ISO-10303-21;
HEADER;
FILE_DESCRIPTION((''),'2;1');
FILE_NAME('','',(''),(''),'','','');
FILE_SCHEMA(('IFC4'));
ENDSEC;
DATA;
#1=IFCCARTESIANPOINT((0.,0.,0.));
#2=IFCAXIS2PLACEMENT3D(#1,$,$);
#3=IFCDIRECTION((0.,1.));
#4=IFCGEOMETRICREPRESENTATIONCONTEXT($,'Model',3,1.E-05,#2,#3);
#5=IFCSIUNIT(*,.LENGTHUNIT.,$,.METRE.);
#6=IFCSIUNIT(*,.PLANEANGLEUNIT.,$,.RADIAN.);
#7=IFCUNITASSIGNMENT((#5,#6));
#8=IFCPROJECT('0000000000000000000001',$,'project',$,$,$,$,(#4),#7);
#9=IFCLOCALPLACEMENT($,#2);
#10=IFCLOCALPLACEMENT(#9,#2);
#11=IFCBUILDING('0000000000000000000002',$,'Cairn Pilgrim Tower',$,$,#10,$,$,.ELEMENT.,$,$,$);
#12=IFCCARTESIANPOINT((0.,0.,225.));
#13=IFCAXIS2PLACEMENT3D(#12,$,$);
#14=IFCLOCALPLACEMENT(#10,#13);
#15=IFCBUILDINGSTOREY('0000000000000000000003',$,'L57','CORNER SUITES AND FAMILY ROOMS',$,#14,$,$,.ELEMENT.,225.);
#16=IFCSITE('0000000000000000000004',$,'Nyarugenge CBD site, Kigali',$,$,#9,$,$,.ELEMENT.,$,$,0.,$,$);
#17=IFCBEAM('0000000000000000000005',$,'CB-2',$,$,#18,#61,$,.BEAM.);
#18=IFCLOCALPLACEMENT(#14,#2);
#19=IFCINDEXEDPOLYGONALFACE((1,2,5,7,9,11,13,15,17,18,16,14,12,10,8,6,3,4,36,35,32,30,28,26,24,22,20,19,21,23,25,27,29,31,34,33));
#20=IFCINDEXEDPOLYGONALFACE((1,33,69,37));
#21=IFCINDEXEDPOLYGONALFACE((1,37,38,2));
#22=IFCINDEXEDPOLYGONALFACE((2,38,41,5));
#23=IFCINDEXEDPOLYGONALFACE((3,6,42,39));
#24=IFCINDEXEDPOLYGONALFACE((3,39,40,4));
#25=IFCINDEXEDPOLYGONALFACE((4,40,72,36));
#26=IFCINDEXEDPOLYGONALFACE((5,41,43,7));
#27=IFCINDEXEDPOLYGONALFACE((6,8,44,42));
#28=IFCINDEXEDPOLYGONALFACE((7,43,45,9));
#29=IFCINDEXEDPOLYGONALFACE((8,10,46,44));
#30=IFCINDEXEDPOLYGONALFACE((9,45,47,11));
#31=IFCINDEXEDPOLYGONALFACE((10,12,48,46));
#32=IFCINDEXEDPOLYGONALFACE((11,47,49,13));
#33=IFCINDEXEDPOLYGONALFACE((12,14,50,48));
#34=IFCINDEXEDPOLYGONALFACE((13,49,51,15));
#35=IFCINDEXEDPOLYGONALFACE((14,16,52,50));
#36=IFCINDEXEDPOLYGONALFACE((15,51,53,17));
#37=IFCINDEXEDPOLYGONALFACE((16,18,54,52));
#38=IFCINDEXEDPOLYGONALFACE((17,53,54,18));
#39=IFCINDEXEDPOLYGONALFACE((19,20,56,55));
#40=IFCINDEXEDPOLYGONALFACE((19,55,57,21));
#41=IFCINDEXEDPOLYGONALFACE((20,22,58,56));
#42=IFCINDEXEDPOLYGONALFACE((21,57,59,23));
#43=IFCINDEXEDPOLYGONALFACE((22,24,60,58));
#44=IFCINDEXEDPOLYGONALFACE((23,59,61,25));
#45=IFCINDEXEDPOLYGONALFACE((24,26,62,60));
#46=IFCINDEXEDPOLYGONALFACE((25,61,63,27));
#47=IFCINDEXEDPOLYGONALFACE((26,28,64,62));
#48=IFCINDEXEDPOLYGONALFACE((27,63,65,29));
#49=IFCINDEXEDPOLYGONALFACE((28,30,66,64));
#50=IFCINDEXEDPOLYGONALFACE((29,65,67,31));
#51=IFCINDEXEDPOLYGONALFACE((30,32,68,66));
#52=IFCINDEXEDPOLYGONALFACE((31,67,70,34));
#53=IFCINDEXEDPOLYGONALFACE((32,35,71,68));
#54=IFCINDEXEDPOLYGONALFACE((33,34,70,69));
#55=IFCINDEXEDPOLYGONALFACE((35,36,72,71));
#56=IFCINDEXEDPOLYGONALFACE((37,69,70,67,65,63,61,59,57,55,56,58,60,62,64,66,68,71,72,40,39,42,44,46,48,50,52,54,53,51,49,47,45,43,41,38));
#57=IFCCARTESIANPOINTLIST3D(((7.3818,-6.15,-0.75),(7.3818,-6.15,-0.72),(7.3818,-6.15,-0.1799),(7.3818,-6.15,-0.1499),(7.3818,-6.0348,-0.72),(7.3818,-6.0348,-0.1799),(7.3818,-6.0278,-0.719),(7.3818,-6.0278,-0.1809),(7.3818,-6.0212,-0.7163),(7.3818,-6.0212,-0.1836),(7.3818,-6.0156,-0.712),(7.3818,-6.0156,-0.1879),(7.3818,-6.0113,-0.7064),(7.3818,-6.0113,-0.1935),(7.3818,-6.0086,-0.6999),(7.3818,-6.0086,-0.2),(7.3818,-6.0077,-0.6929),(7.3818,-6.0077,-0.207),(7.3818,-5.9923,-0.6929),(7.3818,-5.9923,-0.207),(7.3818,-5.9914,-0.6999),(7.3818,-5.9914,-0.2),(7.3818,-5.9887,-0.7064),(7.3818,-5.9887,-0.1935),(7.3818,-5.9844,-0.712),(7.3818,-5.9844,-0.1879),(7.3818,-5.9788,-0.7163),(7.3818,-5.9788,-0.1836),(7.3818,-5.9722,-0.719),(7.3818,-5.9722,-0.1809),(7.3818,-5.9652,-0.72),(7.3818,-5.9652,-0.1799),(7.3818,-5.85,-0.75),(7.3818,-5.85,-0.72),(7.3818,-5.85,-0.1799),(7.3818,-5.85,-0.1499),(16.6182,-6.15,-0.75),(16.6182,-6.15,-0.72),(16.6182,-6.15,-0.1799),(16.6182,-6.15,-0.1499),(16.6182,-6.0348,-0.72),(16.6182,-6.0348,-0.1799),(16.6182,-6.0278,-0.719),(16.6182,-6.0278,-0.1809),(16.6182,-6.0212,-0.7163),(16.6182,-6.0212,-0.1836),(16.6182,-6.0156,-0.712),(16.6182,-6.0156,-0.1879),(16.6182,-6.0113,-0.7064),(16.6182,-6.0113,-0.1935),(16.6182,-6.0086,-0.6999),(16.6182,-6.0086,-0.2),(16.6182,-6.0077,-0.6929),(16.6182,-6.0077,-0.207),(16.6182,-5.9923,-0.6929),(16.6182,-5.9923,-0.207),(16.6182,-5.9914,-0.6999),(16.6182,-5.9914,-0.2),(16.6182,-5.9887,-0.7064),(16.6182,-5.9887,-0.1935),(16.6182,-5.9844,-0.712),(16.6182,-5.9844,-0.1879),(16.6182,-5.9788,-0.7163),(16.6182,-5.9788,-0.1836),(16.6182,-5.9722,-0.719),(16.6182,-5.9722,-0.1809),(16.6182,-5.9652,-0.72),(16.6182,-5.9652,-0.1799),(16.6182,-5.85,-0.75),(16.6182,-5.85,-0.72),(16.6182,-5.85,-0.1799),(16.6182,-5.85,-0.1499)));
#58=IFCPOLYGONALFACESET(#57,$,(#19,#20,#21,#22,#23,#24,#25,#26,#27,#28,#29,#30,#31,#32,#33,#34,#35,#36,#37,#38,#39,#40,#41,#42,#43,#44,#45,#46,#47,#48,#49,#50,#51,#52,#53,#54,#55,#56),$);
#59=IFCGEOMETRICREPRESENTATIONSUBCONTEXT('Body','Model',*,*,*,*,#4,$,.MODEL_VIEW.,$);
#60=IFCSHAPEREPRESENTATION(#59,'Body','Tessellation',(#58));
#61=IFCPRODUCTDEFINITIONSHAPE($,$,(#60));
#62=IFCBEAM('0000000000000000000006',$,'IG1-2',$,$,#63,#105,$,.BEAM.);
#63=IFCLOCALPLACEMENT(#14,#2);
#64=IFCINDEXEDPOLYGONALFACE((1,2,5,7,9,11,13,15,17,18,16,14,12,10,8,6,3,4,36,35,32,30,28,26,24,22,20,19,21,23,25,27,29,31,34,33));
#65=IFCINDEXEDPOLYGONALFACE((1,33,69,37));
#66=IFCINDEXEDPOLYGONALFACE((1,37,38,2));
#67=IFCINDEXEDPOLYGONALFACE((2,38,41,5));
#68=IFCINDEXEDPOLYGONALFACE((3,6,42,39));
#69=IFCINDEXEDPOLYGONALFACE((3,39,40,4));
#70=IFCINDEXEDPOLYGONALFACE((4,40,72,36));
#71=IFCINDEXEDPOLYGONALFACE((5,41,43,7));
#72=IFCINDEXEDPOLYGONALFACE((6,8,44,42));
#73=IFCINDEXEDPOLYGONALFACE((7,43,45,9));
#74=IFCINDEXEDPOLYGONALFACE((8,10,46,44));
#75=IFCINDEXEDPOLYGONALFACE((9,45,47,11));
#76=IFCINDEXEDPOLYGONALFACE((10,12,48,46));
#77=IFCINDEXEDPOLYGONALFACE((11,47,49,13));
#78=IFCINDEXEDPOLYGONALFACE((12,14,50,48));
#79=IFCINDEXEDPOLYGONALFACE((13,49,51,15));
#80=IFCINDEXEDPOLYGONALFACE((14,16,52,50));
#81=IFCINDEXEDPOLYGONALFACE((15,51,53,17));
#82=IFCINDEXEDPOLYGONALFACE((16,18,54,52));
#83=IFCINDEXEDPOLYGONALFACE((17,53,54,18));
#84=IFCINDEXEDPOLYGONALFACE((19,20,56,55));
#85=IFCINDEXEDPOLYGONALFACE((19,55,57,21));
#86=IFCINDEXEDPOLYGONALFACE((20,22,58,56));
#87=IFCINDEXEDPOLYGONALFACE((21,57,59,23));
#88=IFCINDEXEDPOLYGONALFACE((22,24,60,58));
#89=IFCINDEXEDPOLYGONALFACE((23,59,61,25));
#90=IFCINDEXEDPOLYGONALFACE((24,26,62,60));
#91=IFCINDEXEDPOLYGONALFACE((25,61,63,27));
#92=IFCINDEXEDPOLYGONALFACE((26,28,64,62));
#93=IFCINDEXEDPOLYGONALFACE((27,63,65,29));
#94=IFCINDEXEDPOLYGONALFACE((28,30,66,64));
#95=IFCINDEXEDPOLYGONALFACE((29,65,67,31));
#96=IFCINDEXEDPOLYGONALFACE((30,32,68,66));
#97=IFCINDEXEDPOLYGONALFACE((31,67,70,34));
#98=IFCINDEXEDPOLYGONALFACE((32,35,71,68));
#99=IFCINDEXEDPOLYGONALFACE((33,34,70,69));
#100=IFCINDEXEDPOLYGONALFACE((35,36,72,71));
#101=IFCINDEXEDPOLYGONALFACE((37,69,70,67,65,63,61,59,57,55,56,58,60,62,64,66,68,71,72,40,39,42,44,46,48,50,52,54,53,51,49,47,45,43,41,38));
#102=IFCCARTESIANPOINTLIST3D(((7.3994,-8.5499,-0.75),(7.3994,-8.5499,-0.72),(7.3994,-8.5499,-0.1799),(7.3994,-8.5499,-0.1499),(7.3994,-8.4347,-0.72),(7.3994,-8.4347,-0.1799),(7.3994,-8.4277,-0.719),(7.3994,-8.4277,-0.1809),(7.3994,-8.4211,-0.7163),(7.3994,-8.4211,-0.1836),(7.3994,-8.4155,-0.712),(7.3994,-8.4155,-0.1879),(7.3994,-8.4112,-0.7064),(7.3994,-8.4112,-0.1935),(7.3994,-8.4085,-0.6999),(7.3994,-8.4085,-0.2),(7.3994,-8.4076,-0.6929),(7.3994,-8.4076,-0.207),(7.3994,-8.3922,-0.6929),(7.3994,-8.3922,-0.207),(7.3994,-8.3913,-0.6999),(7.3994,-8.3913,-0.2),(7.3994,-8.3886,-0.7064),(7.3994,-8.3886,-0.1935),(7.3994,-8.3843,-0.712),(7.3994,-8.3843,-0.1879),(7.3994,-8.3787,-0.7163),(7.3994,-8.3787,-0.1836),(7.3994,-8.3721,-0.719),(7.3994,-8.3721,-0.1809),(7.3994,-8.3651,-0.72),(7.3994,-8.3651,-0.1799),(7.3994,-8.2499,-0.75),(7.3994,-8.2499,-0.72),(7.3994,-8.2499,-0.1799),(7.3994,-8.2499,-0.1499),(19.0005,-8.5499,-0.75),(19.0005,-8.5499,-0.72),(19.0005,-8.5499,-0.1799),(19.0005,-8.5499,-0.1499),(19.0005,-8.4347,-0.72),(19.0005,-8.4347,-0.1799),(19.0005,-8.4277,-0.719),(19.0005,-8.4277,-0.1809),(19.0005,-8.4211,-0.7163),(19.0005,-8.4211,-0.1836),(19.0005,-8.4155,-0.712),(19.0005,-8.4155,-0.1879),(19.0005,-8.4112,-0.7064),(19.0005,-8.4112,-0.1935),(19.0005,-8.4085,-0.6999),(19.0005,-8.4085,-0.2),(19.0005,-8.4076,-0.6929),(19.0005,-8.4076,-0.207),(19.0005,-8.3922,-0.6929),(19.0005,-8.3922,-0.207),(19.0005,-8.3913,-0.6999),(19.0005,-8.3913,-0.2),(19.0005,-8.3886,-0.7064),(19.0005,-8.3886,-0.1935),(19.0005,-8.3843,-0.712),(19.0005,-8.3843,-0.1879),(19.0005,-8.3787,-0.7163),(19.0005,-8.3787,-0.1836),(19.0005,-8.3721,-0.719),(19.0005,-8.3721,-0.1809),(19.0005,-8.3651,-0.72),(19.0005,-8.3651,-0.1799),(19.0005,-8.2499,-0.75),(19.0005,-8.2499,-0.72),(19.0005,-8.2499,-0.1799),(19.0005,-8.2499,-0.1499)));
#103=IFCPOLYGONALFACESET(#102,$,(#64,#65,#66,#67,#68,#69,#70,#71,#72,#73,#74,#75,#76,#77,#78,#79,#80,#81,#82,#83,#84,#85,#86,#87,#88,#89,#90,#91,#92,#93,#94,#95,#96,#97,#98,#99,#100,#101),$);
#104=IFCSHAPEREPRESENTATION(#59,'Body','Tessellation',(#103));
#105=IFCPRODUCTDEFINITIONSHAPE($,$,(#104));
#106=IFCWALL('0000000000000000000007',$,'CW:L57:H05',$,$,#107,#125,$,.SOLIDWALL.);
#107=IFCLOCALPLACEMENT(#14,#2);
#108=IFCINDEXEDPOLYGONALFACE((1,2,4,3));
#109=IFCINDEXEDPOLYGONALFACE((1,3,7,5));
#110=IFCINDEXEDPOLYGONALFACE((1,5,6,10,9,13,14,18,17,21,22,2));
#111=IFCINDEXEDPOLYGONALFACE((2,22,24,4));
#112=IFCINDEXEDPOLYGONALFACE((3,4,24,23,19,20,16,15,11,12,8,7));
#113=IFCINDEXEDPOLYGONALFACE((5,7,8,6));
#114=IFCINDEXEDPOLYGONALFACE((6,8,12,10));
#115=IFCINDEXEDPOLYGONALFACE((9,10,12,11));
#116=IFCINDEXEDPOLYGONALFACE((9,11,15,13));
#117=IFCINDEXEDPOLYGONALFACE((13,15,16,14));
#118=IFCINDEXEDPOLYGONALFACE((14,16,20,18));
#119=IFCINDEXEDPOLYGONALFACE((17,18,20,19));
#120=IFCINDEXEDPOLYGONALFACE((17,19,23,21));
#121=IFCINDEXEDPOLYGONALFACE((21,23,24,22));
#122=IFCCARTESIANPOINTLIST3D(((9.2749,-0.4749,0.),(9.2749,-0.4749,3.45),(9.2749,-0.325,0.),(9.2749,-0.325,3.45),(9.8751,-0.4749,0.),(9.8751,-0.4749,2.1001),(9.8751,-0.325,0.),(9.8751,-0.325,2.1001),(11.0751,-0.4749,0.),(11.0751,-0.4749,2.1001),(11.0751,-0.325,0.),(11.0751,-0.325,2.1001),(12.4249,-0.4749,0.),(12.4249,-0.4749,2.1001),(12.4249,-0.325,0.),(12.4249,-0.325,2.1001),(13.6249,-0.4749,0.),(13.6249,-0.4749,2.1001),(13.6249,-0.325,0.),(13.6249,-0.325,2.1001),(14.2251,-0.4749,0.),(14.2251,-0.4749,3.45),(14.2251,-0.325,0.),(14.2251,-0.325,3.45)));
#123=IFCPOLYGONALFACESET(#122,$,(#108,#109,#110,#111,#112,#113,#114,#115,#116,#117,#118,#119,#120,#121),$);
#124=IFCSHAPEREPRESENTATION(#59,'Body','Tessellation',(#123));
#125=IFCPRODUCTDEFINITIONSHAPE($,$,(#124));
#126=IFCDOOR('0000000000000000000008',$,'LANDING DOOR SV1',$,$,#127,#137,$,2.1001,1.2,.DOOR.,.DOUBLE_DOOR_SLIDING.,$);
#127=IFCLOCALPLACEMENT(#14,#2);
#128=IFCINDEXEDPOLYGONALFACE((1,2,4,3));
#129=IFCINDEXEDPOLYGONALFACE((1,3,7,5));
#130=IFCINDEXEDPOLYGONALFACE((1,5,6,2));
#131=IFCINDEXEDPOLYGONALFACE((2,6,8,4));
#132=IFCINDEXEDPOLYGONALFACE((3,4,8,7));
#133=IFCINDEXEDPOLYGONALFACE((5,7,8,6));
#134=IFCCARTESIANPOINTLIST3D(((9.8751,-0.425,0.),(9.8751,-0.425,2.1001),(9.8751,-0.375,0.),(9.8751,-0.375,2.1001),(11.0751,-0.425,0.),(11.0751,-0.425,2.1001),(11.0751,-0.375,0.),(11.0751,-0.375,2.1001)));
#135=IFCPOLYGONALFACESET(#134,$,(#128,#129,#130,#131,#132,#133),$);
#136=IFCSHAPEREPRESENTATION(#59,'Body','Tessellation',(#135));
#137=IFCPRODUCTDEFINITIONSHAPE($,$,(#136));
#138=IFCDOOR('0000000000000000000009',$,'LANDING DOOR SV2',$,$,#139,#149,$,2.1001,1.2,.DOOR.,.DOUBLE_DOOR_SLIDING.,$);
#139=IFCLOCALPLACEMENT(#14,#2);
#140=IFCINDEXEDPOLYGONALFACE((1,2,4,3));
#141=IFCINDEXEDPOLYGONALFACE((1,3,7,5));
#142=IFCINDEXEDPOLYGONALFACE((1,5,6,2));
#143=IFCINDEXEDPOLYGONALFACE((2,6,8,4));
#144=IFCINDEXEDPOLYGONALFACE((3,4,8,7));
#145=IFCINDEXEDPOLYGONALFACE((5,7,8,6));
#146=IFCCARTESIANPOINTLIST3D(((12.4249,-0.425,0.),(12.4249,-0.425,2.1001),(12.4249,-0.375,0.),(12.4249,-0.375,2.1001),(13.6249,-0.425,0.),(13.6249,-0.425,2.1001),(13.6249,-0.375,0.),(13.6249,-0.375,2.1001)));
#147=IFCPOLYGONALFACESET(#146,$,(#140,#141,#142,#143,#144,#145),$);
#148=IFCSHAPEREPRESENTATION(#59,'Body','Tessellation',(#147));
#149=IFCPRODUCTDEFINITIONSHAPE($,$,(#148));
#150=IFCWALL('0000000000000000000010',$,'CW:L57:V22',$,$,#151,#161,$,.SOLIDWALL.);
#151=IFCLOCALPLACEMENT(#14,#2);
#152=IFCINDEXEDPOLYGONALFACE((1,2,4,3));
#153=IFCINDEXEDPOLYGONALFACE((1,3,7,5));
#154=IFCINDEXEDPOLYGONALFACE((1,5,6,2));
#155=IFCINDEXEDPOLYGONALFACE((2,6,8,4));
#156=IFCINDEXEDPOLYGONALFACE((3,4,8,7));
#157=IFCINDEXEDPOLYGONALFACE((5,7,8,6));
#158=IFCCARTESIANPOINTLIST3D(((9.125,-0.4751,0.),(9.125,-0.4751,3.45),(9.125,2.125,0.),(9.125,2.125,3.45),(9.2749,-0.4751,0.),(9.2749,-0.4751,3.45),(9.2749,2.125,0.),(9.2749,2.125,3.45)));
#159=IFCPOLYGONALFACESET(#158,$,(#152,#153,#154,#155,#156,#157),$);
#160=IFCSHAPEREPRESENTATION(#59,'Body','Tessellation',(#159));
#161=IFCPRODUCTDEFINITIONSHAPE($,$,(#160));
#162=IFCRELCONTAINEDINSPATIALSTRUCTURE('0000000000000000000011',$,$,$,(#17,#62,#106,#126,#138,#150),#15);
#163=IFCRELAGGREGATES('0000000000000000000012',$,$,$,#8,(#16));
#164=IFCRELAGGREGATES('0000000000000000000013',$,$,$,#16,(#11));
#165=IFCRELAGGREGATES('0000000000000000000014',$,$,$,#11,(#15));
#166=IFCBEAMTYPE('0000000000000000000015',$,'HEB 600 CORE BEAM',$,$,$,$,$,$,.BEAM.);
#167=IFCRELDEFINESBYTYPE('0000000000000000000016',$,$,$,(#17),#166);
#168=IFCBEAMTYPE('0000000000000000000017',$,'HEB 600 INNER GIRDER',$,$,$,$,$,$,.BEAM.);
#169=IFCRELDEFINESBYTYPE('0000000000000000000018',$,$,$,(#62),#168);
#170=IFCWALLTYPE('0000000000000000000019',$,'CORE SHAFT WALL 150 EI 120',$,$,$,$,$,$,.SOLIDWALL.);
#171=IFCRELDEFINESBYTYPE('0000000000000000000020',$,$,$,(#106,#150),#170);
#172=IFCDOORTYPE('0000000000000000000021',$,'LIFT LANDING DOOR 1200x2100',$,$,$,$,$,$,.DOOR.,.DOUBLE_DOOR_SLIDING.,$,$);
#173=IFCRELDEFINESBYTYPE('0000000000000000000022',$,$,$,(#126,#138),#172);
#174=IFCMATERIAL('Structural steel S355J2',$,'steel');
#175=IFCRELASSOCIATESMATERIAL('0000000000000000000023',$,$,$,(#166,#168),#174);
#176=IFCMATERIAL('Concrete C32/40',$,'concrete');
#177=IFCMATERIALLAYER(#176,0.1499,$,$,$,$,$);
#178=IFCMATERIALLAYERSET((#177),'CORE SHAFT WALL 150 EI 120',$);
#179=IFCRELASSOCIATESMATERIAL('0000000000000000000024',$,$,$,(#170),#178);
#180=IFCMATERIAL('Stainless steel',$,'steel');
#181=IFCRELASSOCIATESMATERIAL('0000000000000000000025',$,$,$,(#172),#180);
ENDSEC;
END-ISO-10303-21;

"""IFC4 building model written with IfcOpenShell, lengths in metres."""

from ifc_helpers import new_model, si_unit, direction, frame, frame_2d, origin, origin_2d, place, context, subcontext, project, spatial, rectangle, i_section, extrude, material, layer, layer_set, material_profile, profile_set, type_object, element, fill, save


model = new_model("IFC4")

# Units and contexts
model_context = context("Model", 3, precision=1e-05, world=origin(), true_north=direction((0.0, 1.0)))
body_context = subcontext(model_context, "Body", "Model", "MODEL_VIEW")
ifc_project = project(units=[si_unit("LENGTHUNIT", "METRE"), si_unit("PLANEANGLEUNIT", "RADIAN")], contexts=[model_context])

# Site, building, storey
site_placement = place(None, origin())
site = spatial("IfcSite", under=ifc_project, at=site_placement, Name="Nyarugenge CBD site, Kigali", CompositionType="ELEMENT", RefElevation=0.0)
building_placement = place(site_placement, origin())
building = spatial("IfcBuilding", under=site, at=building_placement, Name="Cairn Pilgrim Tower", CompositionType="ELEMENT")
storey_placement = place(building_placement, frame((0.0, 0.0, 225.0)))
storey = spatial("IfcBuildingStorey", under=building, at=storey_placement, Name="L57", Description="CORNER SUITES AND FAMILY ROOMS", CompositionType="ELEMENT", Elevation=225.0)

# Beams
ifc_material_1 = material(Name="Structural steel S355J2", Category="steel")
ifc_material_profile_1 = material_profile(ifc_material_1, i_section(OverallWidth=0.3, OverallDepth=0.6001, WebThickness=0.0154, FlangeThickness=0.03, FilletRadius=0.0271, at=origin_2d()), Name="HEB 600")
ifc_profile_set_1 = profile_set([ifc_material_profile_1], Name="Structural steel S355J2")
beam_type_1 = type_object("IfcBeamType", Name="HEB 600 CORE BEAM", PredefinedType="BEAM", material=ifc_profile_set_1)
beam_1_placement = place(storey_placement, frame((7.3818, -6.0, -0.45), z_axis=(1.0, 0.0, 0.0), x_axis=(0.0, 1.0, 0.0)))
element("IfcBeam", 1, at=beam_1_placement, inside=storey, type_object=beam_type_1, Name="CB-2", PredefinedType="BEAM", context=body_context, shape_type="SweptSolid", body=[
    extrude(i_section(OverallWidth=0.3, OverallDepth=0.6001, WebThickness=0.0154, FlangeThickness=0.03, FilletRadius=0.0271, at=origin_2d()), origin(), (0.0, 0.0, 1.0), 9.2363),
])
ifc_material_profile_2 = material_profile(ifc_material_1, i_section(OverallWidth=0.3, OverallDepth=0.6001, WebThickness=0.0154, FlangeThickness=0.03, FilletRadius=0.0271, at=origin_2d()), Name="HEB 600")
ifc_profile_set_2 = profile_set([ifc_material_profile_2], Name="Structural steel S355J2")
beam_type_2 = type_object("IfcBeamType", Name="HEB 600 INNER GIRDER", PredefinedType="BEAM", material=ifc_profile_set_2)
beam_2_placement = place(storey_placement, frame((7.3994, -8.3999, -0.45), z_axis=(1.0, 0.0, 0.0), x_axis=(0.0, 1.0, 0.0)))
element("IfcBeam", 2, at=beam_2_placement, inside=storey, type_object=beam_type_2, Name="IG1-2", PredefinedType="BEAM", context=body_context, shape_type="SweptSolid", body=[
    extrude(i_section(OverallWidth=0.3, OverallDepth=0.6001, WebThickness=0.0154, FlangeThickness=0.03, FilletRadius=0.0271, at=origin_2d()), origin(), (0.0, 0.0, 1.0), 11.6011),
])

# Wall, openings, doors
ifc_material_2 = material(Name="Concrete C32/40", Category="concrete")
ifc_layer_1 = layer(ifc_material_2, 0.1499)
ifc_layer_set_1 = layer_set([ifc_layer_1], Name="CORE SHAFT WALL 150 EI 120")
wall_type_1 = type_object("IfcWallType", Name="CORE SHAFT WALL 150 EI 120", PredefinedType="SOLIDWALL", material=ifc_layer_set_1)
wall_1_placement = place(storey_placement, frame((9.2749, -0.3999, 0.0), z_axis=(0.0, 0.0, 1.0), x_axis=(1.0, 0.0, 0.0)))
wall_1 = element("IfcWall", 3, at=wall_1_placement, inside=storey, type_object=wall_type_1, Name="CW:L57:H05", PredefinedType="SOLIDWALL", context=body_context, shape_type="SweptSolid", body=[
    extrude(rectangle(XDim=4.9502, YDim=0.1499, at=frame_2d((2.4751, 0.0))), origin(), (0.0, 0.0, 1.0), 3.45),
])
opening_1_placement = place(wall_1_placement, frame((0.6001, 0.0, 0.0)))
opening_1 = element("IfcOpeningElement", 4, at=opening_1_placement, cuts=wall_1, PredefinedType="OPENING", context=body_context, shape_type="SweptSolid", body=[
    extrude(rectangle(XDim=1.2, YDim=2.1001, at=frame_2d((0.6001, 1.05))), frame((0.0, 0.085, 0.0), z_axis=(0.0, -1.0, 0.0), x_axis=(1.0, 0.0, 0.0)), (0.0, 0.0, 1.0), 0.1699),
])
opening_2_placement = place(wall_1_placement, frame((3.1499, 0.0, 0.0)))
opening_2 = element("IfcOpeningElement", 5, at=opening_2_placement, cuts=wall_1, PredefinedType="OPENING", context=body_context, shape_type="SweptSolid", body=[
    extrude(rectangle(XDim=1.2, YDim=2.1001, at=frame_2d((0.6001, 1.05))), frame((0.0, 0.085, 0.0), z_axis=(0.0, -1.0, 0.0), x_axis=(1.0, 0.0, 0.0)), (0.0, 0.0, 1.0), 0.1699),
])
ifc_material_3 = material(Name="Stainless steel", Category="steel")
door_type_1 = type_object("IfcDoorType", Name="LIFT LANDING DOOR 1200x2100", OperationType="DOUBLE_DOOR_SLIDING", PredefinedType="DOOR", material=ifc_material_3)
door_1_placement = place(opening_1_placement, origin())
door_1 = element("IfcDoor", 6, at=door_1_placement, inside=storey, type_object=door_type_1, Name="LANDING DOOR SV1", OperationType="DOUBLE_DOOR_SLIDING", OverallHeight=2.1001, OverallWidth=1.2, PredefinedType="DOOR", context=body_context, shape_type="SweptSolid", body=[
    extrude(rectangle(XDim=1.2, YDim=2.1001, at=frame_2d((0.6001, 1.05))), frame((0.0, 0.0249, 0.0), z_axis=(0.0, -1.0, 0.0), x_axis=(1.0, 0.0, 0.0)), (0.0, 0.0, 1.0), 0.05),
])
fill(opening_1, door_1)
door_2_placement = place(opening_2_placement, origin())
door_2 = element("IfcDoor", 7, at=door_2_placement, inside=storey, type_object=door_type_1, Name="LANDING DOOR SV2", OperationType="DOUBLE_DOOR_SLIDING", OverallHeight=2.1001, OverallWidth=1.2, PredefinedType="DOOR", context=body_context, shape_type="SweptSolid", body=[
    extrude(rectangle(XDim=1.2, YDim=2.1001, at=frame_2d((0.6001, 1.05))), frame((0.0, 0.0249, 0.0), z_axis=(0.0, -1.0, 0.0), x_axis=(1.0, 0.0, 0.0)), (0.0, 0.0, 1.0), 0.05),
])
fill(opening_2, door_2)

# Wall
wall_2_placement = place(storey_placement, frame((9.2, -0.4751, 0.0), z_axis=(0.0, 0.0, 1.0), x_axis=(0.0, 1.0, 0.0)))
element("IfcWall", 8, at=wall_2_placement, inside=storey, type_object=wall_type_1, Name="CW:L57:V22", PredefinedType="SOLIDWALL", context=body_context, shape_type="SweptSolid", body=[
    extrude(rectangle(XDim=2.6001, YDim=0.1499, at=frame_2d((1.3, 0.0))), origin(), (0.0, 0.0, 1.0), 3.45),
])

save(model, "model.ifc")
